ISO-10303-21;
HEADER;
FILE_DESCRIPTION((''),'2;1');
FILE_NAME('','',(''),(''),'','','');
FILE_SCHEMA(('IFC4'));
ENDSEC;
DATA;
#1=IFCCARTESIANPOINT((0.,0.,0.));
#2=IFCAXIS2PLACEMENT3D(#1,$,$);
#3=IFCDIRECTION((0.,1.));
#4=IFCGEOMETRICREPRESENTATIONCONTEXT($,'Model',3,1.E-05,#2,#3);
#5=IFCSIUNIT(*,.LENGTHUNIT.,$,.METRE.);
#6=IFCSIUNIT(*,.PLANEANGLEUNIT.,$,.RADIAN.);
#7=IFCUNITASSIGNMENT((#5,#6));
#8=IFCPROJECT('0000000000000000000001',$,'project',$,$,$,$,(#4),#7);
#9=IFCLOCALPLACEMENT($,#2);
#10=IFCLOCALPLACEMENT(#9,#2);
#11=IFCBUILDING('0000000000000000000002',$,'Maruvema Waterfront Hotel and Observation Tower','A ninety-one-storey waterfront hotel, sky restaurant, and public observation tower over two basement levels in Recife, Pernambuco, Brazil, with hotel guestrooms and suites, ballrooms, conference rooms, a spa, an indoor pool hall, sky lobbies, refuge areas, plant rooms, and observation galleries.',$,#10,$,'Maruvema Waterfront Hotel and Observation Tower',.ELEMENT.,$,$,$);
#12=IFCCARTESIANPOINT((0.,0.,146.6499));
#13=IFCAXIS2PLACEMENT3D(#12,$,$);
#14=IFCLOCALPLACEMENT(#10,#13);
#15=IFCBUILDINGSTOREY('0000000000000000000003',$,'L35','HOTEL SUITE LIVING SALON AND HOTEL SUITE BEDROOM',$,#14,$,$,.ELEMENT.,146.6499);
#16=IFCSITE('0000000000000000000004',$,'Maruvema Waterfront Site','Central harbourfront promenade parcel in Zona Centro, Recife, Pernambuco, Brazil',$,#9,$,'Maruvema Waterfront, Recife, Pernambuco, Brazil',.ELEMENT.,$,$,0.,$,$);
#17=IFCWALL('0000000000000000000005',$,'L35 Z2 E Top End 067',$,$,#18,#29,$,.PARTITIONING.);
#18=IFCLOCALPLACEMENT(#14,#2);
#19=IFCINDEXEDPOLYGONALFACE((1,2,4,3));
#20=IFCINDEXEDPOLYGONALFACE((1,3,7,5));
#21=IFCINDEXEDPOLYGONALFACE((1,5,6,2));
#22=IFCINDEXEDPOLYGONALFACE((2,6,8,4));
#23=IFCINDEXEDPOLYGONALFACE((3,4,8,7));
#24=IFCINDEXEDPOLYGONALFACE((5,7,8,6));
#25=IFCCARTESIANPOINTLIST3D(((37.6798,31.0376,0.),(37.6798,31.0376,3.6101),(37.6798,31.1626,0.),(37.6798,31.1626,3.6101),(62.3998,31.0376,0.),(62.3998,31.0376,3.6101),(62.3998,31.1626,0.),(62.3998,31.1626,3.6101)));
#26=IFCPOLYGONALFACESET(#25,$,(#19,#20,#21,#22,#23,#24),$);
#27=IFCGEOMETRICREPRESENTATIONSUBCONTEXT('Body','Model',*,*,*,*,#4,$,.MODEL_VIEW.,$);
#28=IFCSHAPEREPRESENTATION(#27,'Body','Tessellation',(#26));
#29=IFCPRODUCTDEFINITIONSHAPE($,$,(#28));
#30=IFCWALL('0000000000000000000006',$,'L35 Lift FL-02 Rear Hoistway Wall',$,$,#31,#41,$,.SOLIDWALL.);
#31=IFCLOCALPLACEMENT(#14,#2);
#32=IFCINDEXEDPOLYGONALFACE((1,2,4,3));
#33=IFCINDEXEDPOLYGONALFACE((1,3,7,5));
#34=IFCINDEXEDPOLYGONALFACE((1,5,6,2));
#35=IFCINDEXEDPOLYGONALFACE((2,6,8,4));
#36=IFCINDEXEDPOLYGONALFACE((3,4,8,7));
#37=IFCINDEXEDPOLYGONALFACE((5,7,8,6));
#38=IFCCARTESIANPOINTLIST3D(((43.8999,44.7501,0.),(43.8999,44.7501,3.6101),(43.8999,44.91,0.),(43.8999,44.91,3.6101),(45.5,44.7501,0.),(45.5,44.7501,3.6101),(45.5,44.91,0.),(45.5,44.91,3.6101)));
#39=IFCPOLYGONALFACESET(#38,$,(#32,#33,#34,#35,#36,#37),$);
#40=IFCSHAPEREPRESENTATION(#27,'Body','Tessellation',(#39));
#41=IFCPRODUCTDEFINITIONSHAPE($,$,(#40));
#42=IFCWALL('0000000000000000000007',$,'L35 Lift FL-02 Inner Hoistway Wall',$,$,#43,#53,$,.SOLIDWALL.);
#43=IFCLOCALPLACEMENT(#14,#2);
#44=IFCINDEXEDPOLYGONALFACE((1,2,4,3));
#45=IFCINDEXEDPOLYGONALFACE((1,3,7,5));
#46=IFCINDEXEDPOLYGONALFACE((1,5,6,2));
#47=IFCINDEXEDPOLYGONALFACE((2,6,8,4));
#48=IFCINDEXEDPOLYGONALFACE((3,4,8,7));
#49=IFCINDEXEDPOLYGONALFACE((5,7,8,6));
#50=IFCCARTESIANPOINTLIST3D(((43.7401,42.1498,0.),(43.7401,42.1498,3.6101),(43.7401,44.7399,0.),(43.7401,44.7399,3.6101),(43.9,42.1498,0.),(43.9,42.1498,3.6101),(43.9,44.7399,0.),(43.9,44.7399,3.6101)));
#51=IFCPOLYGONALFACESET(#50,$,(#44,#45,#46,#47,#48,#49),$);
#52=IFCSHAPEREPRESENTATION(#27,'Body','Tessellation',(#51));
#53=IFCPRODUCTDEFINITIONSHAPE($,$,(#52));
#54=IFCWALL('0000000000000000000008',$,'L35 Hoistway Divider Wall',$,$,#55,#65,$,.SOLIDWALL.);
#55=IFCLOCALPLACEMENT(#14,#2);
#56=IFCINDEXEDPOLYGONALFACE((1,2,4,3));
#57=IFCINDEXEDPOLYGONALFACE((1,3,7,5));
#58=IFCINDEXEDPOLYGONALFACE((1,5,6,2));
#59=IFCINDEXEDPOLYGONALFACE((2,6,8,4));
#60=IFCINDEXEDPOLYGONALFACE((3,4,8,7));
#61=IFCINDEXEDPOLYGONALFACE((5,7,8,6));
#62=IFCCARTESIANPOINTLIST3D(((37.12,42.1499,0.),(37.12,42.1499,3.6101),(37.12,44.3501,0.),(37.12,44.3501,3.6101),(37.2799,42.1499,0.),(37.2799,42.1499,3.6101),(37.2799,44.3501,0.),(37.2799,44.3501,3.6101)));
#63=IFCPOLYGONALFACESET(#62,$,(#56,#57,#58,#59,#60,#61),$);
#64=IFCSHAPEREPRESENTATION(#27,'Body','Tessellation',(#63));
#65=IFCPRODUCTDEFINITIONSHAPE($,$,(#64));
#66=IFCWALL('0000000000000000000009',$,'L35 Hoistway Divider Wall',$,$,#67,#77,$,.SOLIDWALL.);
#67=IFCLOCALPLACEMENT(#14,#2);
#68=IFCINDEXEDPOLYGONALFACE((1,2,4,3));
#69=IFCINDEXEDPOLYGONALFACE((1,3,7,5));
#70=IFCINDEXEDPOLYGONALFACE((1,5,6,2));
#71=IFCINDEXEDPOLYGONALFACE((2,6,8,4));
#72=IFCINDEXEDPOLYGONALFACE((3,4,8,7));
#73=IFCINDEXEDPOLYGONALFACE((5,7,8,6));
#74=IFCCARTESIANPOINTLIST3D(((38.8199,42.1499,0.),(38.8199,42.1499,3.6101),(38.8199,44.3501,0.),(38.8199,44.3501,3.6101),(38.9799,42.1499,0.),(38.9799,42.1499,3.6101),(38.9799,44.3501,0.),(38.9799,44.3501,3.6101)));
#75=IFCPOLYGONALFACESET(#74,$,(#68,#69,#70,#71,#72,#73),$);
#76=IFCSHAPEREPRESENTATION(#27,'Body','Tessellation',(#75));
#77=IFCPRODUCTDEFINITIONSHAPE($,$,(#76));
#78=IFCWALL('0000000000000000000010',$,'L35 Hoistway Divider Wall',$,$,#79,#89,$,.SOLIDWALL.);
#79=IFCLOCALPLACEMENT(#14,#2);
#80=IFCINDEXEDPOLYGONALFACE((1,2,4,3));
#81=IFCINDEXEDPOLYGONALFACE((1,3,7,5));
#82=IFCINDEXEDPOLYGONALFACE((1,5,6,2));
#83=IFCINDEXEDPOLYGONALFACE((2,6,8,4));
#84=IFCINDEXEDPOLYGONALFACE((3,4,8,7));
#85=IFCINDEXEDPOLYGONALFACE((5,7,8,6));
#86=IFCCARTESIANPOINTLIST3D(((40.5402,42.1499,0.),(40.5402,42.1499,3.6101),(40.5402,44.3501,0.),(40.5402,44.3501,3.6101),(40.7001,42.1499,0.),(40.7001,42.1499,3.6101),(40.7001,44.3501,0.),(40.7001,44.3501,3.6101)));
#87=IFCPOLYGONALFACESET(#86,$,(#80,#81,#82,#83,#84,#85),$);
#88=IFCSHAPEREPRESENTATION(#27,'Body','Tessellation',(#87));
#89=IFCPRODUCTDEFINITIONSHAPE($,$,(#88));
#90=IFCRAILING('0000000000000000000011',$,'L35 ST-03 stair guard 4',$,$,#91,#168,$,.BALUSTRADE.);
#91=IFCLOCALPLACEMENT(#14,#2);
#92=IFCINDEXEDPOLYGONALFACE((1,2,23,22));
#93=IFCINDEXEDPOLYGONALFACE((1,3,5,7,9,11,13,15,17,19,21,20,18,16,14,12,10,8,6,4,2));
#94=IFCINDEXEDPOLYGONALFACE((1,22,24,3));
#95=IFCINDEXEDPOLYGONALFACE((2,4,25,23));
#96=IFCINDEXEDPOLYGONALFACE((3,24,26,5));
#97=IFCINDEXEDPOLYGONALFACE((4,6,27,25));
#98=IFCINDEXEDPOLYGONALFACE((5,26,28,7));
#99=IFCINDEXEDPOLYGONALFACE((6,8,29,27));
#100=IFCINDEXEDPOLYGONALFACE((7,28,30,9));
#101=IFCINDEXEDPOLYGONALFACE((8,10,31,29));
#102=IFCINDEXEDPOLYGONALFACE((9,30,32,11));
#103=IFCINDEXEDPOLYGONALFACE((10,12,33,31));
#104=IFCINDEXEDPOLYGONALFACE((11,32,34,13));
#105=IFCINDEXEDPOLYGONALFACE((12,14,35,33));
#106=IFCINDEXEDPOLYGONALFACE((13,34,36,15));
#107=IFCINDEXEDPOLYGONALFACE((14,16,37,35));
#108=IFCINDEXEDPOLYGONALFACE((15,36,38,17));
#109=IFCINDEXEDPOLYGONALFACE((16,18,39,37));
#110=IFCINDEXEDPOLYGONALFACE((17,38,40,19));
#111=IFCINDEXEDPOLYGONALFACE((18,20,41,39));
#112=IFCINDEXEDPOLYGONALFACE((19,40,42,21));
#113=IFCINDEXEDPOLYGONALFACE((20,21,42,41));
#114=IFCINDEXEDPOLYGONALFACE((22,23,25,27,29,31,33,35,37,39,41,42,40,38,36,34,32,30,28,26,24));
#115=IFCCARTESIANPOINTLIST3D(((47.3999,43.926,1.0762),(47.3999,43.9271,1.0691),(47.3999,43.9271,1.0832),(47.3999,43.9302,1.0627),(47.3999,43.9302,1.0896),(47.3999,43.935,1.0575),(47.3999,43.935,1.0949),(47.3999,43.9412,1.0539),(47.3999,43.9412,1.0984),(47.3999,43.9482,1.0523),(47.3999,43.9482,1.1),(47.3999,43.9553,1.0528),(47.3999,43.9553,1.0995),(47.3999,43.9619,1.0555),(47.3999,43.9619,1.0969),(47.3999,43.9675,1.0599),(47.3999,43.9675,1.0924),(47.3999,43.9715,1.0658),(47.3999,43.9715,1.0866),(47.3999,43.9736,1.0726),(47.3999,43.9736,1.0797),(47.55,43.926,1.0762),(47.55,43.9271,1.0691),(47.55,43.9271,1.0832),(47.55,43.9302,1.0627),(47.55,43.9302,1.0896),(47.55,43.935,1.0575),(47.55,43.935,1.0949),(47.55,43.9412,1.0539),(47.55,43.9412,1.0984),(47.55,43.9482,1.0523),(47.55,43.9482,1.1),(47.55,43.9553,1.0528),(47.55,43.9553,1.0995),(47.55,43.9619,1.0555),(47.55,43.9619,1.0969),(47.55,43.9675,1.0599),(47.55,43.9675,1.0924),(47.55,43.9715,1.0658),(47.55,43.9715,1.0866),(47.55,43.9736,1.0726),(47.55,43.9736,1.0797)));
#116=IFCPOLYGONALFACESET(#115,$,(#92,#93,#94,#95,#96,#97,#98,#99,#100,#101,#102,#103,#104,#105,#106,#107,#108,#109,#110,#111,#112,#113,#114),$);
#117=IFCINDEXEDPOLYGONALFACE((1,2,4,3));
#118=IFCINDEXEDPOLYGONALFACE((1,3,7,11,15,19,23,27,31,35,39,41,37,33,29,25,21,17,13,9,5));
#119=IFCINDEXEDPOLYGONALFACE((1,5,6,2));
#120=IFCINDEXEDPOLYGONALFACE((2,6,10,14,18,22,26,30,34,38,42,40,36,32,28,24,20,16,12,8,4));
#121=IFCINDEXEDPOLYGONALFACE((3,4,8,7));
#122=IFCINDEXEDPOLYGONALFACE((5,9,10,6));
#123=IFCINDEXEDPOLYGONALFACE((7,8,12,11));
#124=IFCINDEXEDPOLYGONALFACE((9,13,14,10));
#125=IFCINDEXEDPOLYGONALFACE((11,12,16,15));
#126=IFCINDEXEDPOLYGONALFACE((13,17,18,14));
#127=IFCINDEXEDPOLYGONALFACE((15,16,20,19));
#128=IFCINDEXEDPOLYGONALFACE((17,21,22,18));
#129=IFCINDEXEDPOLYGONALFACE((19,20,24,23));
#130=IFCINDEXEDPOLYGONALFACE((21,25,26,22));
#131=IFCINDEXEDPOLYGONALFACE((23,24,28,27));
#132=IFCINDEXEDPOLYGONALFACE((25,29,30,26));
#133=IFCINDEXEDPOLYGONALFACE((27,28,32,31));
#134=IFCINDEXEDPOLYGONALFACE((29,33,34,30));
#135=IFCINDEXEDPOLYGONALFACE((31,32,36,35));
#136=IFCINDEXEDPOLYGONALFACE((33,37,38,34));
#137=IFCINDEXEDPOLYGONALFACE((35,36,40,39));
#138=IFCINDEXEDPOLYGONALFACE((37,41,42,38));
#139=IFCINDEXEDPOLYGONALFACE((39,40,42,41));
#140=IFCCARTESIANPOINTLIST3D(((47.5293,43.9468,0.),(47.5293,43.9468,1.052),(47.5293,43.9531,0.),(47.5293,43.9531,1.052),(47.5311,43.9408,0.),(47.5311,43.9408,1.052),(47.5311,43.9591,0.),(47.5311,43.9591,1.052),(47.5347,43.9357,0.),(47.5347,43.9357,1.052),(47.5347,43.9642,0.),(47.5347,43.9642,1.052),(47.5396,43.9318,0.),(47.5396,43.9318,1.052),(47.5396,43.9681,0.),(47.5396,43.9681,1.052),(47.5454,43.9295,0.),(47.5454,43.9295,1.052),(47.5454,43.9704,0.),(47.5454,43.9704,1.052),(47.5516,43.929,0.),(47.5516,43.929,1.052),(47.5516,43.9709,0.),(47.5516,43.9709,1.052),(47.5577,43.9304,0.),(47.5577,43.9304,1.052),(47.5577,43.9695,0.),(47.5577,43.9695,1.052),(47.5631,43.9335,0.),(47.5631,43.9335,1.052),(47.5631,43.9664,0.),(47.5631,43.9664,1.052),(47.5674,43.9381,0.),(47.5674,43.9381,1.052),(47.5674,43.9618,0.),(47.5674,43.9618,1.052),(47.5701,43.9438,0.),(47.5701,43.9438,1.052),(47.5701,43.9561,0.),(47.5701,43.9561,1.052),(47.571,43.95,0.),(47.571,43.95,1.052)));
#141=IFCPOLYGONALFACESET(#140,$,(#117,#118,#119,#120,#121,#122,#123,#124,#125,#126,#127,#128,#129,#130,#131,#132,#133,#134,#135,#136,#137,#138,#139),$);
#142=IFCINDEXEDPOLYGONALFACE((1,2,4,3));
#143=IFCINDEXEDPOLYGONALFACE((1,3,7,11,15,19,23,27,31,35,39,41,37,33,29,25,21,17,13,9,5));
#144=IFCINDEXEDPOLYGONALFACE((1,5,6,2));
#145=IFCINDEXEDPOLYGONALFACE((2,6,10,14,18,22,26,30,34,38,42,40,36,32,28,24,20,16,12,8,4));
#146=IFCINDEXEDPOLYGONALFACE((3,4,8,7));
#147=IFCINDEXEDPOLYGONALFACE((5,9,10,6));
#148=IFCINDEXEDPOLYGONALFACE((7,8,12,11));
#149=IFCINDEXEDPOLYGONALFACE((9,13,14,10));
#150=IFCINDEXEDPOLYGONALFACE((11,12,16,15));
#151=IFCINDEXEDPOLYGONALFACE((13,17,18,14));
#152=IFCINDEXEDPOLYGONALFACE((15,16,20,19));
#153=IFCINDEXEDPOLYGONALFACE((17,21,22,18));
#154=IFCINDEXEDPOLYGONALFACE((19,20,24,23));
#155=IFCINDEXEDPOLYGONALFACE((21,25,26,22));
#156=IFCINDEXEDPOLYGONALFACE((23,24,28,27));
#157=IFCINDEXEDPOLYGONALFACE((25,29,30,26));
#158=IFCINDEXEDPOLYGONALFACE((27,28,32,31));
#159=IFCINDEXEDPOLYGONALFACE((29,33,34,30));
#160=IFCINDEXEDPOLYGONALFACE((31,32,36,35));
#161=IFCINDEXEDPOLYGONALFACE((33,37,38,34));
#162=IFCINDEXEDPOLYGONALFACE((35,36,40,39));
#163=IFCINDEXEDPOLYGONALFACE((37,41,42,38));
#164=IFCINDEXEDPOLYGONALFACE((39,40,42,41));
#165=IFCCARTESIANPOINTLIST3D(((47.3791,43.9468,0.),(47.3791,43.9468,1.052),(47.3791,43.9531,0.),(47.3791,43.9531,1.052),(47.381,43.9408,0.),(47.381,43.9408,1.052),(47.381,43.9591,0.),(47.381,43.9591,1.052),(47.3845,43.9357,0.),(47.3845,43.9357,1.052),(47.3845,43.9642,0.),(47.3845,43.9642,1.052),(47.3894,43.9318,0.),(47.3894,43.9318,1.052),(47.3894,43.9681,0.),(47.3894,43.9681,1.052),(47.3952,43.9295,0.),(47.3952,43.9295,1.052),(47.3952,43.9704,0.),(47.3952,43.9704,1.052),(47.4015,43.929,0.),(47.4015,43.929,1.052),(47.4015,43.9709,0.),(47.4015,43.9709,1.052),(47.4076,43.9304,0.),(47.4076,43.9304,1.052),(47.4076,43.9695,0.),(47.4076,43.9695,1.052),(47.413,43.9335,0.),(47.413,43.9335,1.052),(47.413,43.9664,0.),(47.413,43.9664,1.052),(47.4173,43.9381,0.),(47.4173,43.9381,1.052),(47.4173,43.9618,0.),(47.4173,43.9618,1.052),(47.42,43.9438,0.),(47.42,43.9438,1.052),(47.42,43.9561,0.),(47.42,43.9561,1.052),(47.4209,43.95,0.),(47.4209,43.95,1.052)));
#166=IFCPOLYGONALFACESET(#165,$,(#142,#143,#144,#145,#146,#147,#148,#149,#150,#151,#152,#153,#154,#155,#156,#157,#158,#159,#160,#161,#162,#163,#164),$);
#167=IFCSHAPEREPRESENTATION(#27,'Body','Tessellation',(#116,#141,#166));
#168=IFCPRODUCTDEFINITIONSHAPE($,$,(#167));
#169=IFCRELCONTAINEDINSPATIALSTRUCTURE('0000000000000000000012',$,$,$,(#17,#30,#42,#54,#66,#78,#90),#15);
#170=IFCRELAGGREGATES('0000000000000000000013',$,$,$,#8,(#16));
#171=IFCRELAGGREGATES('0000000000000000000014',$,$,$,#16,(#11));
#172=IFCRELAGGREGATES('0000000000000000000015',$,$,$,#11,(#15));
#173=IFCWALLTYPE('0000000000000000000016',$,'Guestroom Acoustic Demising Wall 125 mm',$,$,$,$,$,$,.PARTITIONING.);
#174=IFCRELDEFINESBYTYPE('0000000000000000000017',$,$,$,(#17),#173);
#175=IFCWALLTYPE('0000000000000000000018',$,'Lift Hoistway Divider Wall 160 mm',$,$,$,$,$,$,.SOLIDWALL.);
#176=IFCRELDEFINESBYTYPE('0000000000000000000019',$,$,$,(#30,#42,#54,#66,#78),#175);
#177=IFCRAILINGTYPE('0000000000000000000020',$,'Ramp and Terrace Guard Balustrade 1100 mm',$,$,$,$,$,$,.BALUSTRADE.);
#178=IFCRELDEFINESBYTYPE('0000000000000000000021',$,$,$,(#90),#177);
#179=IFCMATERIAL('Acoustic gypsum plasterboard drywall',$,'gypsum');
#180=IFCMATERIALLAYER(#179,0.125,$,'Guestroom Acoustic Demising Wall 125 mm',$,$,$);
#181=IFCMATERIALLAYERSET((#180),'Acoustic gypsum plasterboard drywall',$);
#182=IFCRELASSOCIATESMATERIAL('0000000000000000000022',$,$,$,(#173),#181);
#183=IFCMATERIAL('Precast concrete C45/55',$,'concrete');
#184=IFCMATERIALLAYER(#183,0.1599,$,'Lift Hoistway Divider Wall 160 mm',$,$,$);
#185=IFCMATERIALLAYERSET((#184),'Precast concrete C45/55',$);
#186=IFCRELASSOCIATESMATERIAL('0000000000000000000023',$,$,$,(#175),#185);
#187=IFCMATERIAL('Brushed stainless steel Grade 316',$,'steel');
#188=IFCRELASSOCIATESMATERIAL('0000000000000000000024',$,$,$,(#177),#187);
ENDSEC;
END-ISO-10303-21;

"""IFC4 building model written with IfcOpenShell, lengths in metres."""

from ifc_helpers import new_model, si_unit, direction, frame, frame_2d, origin, origin_2d, place, context, subcontext, project, spatial, rectangle, circle, extrude, material, layer, layer_set, type_object, element, save


model = new_model("IFC4")

# Units and contexts
model_context = context("Model", 3, precision=1e-05, world=origin(), true_north=direction((0.0, 1.0)))
body_context = subcontext(model_context, "Body", "Model", "MODEL_VIEW")
ifc_project = project(units=[si_unit("LENGTHUNIT", "METRE"), si_unit("PLANEANGLEUNIT", "RADIAN")], contexts=[model_context])

# Site, building, storey
site_placement = place(None, origin())
site = spatial("IfcSite", under=ifc_project, at=site_placement, Name="Maruvema Waterfront Site", Description="Central harbourfront promenade parcel in Zona Centro, Recife, Pernambuco, Brazil", LongName="Maruvema Waterfront, Recife, Pernambuco, Brazil", CompositionType="ELEMENT", RefElevation=0.0)
building_placement = place(site_placement, origin())
building = spatial("IfcBuilding", under=site, at=building_placement, Name="Maruvema Waterfront Hotel and Observation Tower", Description="A ninety-one-storey waterfront hotel, sky restaurant, and public observation tower over two basement levels in Recife, Pernambuco, Brazil, with hotel guestrooms and suites, ballrooms, conference rooms, a spa, an indoor pool hall, sky lobbies, refuge areas, plant rooms, and observation galleries.", LongName="Maruvema Waterfront Hotel and Observation Tower", CompositionType="ELEMENT")
storey_placement = place(building_placement, frame((0.0, 0.0, 146.6499)))
storey = spatial("IfcBuildingStorey", under=building, at=storey_placement, Name="L35", Description="HOTEL SUITE LIVING SALON AND HOTEL SUITE BEDROOM", CompositionType="ELEMENT", Elevation=146.6499)

# Walls
ifc_material_1 = material(Name="Acoustic gypsum plasterboard drywall", Category="gypsum")
ifc_layer_1 = layer(ifc_material_1, 0.125, Name="Guestroom Acoustic Demising Wall 125 mm")
ifc_layer_set_1 = layer_set([ifc_layer_1], Name="Acoustic gypsum plasterboard drywall")
wall_type_1 = type_object("IfcWallType", Name="Guestroom Acoustic Demising Wall 125 mm", PredefinedType="PARTITIONING", material=ifc_layer_set_1)
wall_1_placement = place(storey_placement, frame((37.6799, 31.1001, 0.0), z_axis=(0.0, 0.0, 1.0), x_axis=(1.0, 0.0, 0.0)))
element("IfcWall", 1, at=wall_1_placement, inside=storey, type_object=wall_type_1, Name="L35 Z2 E Top End 067", PredefinedType="PARTITIONING", context=body_context, shape_type="SweptSolid", body=[
    extrude(rectangle(XDim=24.72, YDim=0.125, at=frame_2d((12.3599, 0.0))), origin(), (0.0, 0.0, 1.0), 3.6101),
])
ifc_material_2 = material(Name="Precast concrete C45/55", Category="concrete")
ifc_layer_2 = layer(ifc_material_2, 0.1599, Name="Lift Hoistway Divider Wall 160 mm")
ifc_layer_set_2 = layer_set([ifc_layer_2], Name="Precast concrete C45/55")
wall_type_2 = type_object("IfcWallType", Name="Lift Hoistway Divider Wall 160 mm", PredefinedType="SOLIDWALL", material=ifc_layer_set_2)
wall_2_placement = place(storey_placement, frame((43.8999, 44.8301, 0.0), z_axis=(0.0, 0.0, 1.0), x_axis=(1.0, 0.0, 0.0)))
element("IfcWall", 2, at=wall_2_placement, inside=storey, type_object=wall_type_2, Name="L35 Lift FL-02 Rear Hoistway Wall", PredefinedType="SOLIDWALL", context=body_context, shape_type="SweptSolid", body=[
    extrude(rectangle(XDim=1.6001, YDim=0.1599, at=frame_2d((0.8, 0.0))), origin(), (0.0, 0.0, 1.0), 3.6101),
])
wall_3_placement = place(storey_placement, frame((43.8201, 42.1499, 0.0), z_axis=(0.0, 0.0, 1.0), x_axis=(0.0, 1.0, 0.0)))
element("IfcWall", 3, at=wall_3_placement, inside=storey, type_object=wall_type_2, Name="L35 Lift FL-02 Inner Hoistway Wall", PredefinedType="SOLIDWALL", context=body_context, shape_type="SweptSolid", body=[
    extrude(rectangle(XDim=2.5901, YDim=0.1599, at=frame_2d((1.2949, 0.0))), origin(), (0.0, 0.0, 1.0), 3.6101),
])
for number, where, z_axis, x_axis, name in (
    (4, (37.2, 42.1499, 0.0), (0.0, 0.0, 1.0), (0.0, 1.0, 0.0), "L35 Hoistway Divider Wall"),
    (5, (38.8999, 42.1499, 0.0), (0.0, 0.0, 1.0), (0.0, 1.0, 0.0), "L35 Hoistway Divider Wall"),
    (6, (40.6201, 42.1499, 0.0), (0.0, 0.0, 1.0), (0.0, 1.0, 0.0), "L35 Hoistway Divider Wall"),
):
    element("IfcWall", number, at=place(storey_placement, frame(where, z_axis=z_axis, x_axis=x_axis)), inside=storey, type_object=wall_type_2, Name=name, PredefinedType="SOLIDWALL", context=body_context, shape_type="SweptSolid", body=[
        extrude(rectangle(XDim=2.2002, YDim=0.1599, at=frame_2d((1.1001, 0.0))), origin(), (0.0, 0.0, 1.0), 3.6101),
    ])

# Railing
ifc_material_3 = material(Name="Brushed stainless steel Grade 316", Category="steel")
railing_type = type_object("IfcRailingType", Name="Ramp and Terrace Guard Balustrade 1100 mm", PredefinedType="BALUSTRADE", material=ifc_material_3)
railing_placement = place(storey_placement, frame((47.55, 43.95, 0.0)))
element("IfcRailing", 7, at=railing_placement, inside=storey, type_object=railing_type, Name="L35 ST-03 stair guard 4", PredefinedType="BALUSTRADE", context=body_context, shape_type="SweptSolid", body=[
    extrude(circle(Radius=0.0239, at=origin_2d()), frame((0.0, 0.0, 1.0762), z_axis=(-1.0, 0.0, 0.0), x_axis=(0.0, -1.0, 0.0)), (0.0, 0.0, 1.0), 0.1501),
    extrude(circle(Radius=0.021, at=origin_2d()), origin(), (0.0, 0.0, 1.0), 1.052),
    extrude(circle(Radius=0.021, at=origin_2d()), frame((-0.1501, 0.0, 0.0)), (0.0, 0.0, 1.0), 1.052),
])

save(model, "model.ifc")
